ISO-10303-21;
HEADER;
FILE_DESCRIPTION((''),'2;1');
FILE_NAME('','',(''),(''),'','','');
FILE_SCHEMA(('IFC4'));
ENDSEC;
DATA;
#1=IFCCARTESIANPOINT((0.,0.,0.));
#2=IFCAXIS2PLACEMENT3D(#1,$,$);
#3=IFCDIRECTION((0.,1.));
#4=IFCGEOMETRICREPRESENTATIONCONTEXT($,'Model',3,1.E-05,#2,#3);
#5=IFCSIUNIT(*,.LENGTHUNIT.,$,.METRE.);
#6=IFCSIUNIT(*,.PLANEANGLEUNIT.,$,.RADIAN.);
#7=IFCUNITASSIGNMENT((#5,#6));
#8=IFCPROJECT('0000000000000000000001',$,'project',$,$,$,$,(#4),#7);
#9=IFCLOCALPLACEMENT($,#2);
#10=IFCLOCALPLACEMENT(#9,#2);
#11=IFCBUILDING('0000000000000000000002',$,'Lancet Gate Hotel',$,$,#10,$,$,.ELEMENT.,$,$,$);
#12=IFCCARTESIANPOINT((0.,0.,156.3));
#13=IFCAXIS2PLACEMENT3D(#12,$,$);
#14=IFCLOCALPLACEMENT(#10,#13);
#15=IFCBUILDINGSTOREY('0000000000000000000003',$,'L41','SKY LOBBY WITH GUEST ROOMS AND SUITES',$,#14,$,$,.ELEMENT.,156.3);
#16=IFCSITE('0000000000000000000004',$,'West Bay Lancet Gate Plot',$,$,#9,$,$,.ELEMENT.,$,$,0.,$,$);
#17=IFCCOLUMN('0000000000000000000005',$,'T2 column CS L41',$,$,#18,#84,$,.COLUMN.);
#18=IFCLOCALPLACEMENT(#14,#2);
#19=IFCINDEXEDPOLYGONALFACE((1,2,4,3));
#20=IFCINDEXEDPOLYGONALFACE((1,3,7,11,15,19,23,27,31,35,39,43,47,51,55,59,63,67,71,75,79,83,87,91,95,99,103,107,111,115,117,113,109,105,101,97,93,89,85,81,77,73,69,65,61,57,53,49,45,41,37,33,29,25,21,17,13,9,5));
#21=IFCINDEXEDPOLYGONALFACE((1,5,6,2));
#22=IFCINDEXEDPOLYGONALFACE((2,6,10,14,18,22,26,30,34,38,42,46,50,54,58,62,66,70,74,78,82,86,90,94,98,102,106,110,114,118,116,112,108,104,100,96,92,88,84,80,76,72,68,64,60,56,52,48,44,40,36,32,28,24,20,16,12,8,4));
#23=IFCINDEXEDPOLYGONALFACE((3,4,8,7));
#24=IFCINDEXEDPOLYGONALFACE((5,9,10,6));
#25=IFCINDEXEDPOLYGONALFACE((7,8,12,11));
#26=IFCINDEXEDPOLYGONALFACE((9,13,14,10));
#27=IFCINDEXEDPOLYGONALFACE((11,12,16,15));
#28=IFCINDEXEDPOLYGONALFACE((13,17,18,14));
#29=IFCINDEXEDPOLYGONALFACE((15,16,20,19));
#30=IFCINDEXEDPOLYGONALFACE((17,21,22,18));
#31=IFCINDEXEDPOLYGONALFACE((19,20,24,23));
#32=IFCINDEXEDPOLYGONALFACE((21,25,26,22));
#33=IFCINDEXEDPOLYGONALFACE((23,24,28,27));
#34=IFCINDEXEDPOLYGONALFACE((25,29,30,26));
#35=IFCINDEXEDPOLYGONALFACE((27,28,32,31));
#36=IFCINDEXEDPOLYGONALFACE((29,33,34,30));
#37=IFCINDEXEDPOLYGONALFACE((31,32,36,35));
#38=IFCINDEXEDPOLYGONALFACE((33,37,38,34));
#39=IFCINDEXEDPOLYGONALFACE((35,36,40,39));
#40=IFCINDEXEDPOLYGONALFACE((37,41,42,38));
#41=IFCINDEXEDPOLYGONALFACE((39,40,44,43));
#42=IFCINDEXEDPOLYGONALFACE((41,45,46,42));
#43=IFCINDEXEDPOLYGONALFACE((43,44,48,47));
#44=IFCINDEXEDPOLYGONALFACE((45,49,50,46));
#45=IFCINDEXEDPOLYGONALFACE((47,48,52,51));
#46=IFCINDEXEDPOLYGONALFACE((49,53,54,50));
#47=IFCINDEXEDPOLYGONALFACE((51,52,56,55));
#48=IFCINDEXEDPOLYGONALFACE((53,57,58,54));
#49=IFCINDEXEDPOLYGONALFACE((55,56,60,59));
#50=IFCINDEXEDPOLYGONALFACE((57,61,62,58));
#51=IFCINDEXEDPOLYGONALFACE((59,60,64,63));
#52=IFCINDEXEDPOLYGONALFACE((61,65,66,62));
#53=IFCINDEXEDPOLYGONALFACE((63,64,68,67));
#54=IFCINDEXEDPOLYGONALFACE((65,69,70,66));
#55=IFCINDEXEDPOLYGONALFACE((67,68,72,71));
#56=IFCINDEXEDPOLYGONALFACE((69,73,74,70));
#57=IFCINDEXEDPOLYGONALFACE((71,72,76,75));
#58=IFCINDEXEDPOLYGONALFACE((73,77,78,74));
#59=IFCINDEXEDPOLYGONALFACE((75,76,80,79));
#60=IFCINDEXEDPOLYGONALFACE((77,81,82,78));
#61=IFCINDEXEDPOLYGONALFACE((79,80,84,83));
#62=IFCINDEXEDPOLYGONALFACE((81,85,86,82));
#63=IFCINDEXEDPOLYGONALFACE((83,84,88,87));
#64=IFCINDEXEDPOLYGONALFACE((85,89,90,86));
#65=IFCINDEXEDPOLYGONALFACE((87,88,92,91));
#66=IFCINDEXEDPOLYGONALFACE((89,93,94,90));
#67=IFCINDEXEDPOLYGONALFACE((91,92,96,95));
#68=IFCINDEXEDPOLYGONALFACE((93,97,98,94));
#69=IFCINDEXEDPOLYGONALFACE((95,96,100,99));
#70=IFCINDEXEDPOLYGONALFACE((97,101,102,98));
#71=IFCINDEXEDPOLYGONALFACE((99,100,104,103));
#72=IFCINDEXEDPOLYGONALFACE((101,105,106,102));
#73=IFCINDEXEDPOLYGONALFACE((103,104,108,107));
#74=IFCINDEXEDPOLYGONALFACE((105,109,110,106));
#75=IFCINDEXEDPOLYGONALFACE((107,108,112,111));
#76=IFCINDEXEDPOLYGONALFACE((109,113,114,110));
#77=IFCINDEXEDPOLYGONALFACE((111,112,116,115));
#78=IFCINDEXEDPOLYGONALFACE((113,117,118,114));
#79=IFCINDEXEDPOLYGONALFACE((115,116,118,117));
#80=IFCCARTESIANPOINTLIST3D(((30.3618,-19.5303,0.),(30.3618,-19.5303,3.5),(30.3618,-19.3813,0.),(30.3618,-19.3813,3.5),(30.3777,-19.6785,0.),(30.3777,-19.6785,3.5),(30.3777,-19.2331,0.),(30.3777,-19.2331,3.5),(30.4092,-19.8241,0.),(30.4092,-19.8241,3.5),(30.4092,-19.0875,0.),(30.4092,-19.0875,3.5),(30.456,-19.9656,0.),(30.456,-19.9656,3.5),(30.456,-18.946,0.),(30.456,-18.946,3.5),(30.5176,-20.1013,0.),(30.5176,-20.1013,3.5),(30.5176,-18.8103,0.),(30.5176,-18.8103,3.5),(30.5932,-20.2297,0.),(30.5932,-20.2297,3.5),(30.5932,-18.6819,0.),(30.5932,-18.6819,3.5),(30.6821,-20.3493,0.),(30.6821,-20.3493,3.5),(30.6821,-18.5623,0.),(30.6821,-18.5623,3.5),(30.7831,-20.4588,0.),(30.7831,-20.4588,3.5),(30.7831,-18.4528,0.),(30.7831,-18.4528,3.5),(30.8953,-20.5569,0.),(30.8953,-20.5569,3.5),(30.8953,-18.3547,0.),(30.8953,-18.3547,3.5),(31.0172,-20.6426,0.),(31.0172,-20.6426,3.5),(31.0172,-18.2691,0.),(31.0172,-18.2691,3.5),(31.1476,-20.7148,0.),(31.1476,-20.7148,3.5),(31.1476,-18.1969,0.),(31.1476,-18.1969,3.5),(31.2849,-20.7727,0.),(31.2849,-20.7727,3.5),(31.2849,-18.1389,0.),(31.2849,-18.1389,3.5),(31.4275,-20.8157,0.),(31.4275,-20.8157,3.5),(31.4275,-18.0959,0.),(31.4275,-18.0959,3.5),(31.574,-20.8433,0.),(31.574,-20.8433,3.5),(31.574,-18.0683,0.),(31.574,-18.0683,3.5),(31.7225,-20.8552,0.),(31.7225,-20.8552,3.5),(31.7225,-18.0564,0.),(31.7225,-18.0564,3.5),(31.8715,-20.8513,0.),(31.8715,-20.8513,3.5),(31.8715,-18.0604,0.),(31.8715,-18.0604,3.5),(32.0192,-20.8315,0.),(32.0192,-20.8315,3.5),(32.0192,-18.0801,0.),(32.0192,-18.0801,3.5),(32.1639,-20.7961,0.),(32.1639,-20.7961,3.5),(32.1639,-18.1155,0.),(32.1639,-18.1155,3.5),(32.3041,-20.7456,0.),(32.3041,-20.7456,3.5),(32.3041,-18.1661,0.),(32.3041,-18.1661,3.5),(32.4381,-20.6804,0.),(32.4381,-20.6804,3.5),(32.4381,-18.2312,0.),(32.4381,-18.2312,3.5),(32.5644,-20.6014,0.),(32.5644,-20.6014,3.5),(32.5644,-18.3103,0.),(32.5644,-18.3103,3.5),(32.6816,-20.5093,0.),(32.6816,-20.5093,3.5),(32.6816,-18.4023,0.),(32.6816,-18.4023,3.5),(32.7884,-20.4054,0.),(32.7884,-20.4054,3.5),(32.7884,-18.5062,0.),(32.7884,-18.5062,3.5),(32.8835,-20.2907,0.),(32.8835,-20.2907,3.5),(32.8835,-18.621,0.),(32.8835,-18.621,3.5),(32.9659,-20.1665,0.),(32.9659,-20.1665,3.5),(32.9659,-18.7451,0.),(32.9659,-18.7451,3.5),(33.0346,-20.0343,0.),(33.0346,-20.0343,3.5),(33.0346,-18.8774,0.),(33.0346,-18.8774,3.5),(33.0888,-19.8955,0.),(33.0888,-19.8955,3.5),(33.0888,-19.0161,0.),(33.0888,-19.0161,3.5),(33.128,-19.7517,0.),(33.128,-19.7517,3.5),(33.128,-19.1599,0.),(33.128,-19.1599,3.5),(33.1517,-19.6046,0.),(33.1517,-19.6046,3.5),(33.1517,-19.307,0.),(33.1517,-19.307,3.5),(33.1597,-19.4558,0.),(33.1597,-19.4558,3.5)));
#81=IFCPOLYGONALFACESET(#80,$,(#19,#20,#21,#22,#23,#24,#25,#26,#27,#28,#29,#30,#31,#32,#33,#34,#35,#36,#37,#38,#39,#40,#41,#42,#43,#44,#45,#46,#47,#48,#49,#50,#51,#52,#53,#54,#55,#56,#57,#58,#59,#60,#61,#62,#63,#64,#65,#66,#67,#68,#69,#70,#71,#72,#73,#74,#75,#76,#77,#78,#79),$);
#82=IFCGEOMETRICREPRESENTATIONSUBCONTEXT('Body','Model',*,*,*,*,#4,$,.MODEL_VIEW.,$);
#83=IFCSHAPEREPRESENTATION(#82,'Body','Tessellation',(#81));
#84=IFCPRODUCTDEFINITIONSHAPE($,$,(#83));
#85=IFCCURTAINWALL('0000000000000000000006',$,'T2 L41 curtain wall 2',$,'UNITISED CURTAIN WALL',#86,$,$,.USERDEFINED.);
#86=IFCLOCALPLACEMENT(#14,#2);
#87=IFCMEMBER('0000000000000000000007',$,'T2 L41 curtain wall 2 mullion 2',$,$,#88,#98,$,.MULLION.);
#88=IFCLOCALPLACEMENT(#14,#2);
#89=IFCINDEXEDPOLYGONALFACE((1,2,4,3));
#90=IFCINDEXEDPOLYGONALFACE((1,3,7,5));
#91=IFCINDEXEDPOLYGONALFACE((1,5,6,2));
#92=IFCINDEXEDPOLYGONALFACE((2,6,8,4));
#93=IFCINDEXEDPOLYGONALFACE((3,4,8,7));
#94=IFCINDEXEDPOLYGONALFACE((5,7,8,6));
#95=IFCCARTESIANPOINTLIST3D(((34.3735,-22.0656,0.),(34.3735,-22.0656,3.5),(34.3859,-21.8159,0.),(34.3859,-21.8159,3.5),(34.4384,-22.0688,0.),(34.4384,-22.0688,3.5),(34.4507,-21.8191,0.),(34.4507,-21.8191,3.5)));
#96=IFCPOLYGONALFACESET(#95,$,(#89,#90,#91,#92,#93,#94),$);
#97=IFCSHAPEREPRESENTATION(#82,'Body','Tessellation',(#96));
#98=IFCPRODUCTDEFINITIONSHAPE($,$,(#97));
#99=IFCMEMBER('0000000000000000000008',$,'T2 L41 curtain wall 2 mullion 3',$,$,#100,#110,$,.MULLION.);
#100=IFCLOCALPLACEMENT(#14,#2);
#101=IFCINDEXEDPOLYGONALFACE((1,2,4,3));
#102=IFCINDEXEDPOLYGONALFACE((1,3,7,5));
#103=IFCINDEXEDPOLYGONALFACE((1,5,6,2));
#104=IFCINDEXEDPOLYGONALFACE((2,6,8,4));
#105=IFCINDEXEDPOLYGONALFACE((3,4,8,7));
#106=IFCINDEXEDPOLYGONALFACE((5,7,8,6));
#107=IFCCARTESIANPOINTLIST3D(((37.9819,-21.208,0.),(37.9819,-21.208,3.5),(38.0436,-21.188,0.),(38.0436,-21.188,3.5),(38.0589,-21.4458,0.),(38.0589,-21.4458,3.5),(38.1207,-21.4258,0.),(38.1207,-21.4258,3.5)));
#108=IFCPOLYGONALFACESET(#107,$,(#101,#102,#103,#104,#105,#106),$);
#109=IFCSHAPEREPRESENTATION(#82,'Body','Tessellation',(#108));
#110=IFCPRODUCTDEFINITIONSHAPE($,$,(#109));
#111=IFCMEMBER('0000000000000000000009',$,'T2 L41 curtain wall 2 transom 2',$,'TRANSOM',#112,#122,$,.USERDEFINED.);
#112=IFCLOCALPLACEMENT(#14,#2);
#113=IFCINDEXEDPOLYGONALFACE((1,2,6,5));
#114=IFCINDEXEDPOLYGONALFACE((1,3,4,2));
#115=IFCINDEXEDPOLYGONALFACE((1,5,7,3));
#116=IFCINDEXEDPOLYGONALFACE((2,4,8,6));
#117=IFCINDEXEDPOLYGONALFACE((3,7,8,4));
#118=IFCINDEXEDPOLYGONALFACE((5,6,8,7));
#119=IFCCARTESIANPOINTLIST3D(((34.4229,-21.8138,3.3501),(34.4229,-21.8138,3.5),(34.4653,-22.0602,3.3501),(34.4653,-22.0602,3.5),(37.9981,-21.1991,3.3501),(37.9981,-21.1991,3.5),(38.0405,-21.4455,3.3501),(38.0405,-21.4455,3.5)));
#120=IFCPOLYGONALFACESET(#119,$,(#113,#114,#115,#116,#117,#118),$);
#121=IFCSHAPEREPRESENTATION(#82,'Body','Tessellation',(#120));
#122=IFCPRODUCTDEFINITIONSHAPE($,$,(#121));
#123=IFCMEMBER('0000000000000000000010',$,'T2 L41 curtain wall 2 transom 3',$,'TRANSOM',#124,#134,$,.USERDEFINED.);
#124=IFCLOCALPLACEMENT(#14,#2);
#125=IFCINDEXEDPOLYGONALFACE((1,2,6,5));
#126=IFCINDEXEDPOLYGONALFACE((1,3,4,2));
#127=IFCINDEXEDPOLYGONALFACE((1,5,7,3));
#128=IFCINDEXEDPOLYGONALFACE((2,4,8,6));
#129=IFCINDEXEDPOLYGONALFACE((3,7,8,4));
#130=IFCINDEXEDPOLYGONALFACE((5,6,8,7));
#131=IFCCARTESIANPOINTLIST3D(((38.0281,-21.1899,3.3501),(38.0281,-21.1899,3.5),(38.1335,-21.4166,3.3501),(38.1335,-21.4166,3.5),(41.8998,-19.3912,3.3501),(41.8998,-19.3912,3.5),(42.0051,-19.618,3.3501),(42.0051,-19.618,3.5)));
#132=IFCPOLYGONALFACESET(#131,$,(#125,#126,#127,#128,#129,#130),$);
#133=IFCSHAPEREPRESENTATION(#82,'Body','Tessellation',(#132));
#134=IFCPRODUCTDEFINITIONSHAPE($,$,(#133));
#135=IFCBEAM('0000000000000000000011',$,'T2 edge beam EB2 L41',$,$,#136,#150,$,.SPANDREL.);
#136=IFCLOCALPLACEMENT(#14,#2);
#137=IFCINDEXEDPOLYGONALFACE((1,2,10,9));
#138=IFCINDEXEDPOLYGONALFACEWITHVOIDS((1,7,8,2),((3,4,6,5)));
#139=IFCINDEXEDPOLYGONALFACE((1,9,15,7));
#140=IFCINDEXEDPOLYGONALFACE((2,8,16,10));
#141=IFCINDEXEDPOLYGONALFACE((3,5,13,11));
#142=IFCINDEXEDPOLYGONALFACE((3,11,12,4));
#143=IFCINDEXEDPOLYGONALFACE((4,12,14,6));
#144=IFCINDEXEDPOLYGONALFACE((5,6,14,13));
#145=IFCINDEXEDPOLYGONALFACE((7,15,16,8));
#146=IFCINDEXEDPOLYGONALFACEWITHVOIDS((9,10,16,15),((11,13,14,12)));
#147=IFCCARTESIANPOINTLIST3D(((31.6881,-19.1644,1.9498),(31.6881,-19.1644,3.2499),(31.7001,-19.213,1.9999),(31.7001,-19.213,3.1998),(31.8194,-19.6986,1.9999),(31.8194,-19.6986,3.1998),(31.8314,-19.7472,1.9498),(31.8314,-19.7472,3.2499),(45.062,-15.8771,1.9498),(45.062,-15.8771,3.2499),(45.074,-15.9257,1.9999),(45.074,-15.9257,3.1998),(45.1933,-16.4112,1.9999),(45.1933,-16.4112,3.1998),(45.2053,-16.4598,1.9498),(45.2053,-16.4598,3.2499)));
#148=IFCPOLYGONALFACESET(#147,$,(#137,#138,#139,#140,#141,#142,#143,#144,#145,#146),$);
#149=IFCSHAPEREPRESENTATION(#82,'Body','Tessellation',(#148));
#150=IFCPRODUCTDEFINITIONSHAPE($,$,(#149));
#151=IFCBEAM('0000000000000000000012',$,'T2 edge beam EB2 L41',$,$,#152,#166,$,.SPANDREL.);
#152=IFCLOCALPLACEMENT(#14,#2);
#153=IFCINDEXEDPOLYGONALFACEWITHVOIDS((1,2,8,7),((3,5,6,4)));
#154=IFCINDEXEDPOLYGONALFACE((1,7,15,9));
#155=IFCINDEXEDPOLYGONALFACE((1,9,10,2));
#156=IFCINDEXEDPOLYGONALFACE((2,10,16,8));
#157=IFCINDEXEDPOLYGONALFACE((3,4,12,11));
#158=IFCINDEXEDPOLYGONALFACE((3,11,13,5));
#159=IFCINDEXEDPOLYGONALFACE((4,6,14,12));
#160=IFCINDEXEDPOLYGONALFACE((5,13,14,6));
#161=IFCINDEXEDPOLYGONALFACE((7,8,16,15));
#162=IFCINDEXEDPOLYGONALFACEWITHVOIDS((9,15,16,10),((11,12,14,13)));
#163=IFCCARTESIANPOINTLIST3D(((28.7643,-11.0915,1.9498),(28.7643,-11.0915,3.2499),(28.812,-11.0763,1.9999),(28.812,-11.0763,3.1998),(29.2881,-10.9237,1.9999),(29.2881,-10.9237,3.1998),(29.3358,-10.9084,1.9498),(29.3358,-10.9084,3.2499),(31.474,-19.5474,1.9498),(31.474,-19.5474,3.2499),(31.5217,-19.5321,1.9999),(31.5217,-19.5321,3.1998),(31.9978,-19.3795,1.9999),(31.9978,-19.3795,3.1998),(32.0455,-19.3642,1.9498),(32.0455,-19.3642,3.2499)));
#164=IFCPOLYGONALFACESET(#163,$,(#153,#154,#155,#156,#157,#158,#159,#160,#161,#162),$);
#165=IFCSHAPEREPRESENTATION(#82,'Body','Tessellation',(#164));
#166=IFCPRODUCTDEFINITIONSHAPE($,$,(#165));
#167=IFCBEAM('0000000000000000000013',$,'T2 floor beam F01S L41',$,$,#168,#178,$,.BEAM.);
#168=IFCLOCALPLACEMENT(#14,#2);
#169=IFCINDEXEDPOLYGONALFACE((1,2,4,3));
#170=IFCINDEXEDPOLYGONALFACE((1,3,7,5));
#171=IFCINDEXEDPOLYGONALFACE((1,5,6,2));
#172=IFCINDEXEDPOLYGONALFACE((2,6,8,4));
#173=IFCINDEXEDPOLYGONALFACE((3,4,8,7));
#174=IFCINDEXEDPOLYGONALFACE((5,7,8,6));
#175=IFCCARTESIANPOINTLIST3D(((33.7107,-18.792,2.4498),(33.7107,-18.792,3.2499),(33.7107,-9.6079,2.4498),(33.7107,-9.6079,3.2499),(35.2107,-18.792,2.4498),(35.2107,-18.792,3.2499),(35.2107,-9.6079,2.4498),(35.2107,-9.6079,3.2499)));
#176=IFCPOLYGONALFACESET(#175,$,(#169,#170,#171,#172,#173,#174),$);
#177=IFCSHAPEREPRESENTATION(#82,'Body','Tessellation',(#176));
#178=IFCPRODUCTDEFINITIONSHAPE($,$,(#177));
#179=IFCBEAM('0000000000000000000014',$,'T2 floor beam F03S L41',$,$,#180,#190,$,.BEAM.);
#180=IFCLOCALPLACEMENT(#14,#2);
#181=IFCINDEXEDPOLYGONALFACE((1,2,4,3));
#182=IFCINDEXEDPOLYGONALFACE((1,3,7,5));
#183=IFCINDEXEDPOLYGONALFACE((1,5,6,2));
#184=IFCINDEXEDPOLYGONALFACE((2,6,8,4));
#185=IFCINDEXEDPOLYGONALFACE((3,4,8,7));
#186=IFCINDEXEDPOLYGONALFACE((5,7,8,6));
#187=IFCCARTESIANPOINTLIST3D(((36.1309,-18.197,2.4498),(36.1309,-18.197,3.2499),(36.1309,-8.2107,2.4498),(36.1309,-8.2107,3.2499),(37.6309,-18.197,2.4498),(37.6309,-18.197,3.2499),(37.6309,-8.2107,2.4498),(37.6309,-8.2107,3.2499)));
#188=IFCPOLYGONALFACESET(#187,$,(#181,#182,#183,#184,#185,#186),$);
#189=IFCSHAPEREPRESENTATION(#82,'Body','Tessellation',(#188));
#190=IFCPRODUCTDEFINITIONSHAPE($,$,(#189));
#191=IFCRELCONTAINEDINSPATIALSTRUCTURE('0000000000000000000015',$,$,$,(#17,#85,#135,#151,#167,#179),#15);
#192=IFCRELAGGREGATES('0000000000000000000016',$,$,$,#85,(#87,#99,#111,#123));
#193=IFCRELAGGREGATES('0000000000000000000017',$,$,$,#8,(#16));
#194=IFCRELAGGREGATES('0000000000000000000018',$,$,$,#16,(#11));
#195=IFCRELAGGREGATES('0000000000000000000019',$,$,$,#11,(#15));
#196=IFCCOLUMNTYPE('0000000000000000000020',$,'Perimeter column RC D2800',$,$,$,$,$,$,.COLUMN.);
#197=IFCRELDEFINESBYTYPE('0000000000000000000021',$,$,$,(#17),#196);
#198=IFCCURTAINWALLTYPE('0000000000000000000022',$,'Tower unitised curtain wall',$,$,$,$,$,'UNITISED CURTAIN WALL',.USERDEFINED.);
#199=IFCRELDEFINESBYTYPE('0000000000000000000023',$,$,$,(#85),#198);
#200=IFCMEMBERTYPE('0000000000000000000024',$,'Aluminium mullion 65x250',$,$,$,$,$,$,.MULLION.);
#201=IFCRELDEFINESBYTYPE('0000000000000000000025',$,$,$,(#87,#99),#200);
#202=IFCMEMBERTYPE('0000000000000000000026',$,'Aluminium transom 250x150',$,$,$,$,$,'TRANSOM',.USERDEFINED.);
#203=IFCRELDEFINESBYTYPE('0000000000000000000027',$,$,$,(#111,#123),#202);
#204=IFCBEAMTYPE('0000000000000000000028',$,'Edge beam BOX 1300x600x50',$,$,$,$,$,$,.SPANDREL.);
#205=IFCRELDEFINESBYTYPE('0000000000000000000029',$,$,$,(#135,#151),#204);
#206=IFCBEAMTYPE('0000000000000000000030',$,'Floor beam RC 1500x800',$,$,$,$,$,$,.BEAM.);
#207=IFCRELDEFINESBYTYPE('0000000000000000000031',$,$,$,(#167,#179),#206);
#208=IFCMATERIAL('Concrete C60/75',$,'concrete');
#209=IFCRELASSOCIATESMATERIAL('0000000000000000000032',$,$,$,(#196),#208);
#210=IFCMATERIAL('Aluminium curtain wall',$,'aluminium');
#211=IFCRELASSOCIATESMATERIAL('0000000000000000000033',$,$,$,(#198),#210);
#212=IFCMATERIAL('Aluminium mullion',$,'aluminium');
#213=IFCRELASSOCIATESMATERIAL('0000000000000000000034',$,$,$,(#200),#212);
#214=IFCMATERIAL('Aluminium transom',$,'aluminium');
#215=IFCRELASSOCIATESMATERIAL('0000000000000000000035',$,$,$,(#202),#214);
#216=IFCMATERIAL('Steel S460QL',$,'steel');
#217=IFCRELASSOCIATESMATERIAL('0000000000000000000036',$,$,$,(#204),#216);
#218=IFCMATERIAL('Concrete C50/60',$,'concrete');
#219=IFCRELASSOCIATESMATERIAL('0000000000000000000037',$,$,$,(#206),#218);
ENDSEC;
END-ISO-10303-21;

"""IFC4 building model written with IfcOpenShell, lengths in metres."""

from ifc_helpers import new_model, si_unit, direction, frame, origin, origin_2d, place, context, subcontext, project, spatial, rectangle, hollow_rectangle, circle, extrude, material, material_profile, profile_set, type_object, element, aggregate, save


model = new_model("IFC4")

# Units and contexts
model_context = context("Model", 3, precision=1e-05, world=origin(), true_north=direction((0.0, 1.0)))
body_context = subcontext(model_context, "Body", "Model", "MODEL_VIEW")
ifc_project = project(units=[si_unit("LENGTHUNIT", "METRE"), si_unit("PLANEANGLEUNIT", "RADIAN")], contexts=[model_context])

# Site, building, storey
site_placement = place(None, origin())
site = spatial("IfcSite", under=ifc_project, at=site_placement, Name="West Bay Lancet Gate Plot", CompositionType="ELEMENT", RefElevation=0.0)
building_placement = place(site_placement, origin())
building = spatial("IfcBuilding", under=site, at=building_placement, Name="Lancet Gate Hotel", CompositionType="ELEMENT")
storey_placement = place(building_placement, frame((0.0, 0.0, 156.3)))
storey = spatial("IfcBuildingStorey", under=building, at=storey_placement, Name="L41", Description="SKY LOBBY WITH GUEST ROOMS AND SUITES", CompositionType="ELEMENT", Elevation=156.3)

# Column
ifc_material_1 = material(Name="Concrete C60/75", Category="concrete")
ifc_material_profile_1 = material_profile(ifc_material_1, circle(Radius=1.3999, at=origin_2d()), Name="RC D2800")
ifc_profile_set_1 = profile_set([ifc_material_profile_1], Name="Concrete C60/75")
column_type = type_object("IfcColumnType", Name="Perimeter column RC D2800", PredefinedType="COLUMN", material=ifc_profile_set_1)
column_placement = place(storey_placement, frame((31.7598, -19.4558, 0.0), z_axis=(0.0, 0.0, 1.0), x_axis=(1.0, 0.0, 0.0)))
element("IfcColumn", 1, at=column_placement, inside=storey, type_object=column_type, Name="T2 column CS L41", PredefinedType="COLUMN", context=body_context, shape_type="SweptSolid", body=[
    extrude(circle(Radius=1.3999, at=origin_2d()), origin(), (0.0, 0.0, 1.0), 3.5),
])

# Curtain wall, members
ifc_material_2 = material(Name="Aluminium curtain wall", Category="aluminium")
curtain_wall_type = type_object("IfcCurtainWallType", Name="Tower unitised curtain wall", ElementType="UNITISED CURTAIN WALL", PredefinedType="USERDEFINED", material=ifc_material_2)
curtain_wall_placement = place(storey_placement, origin())
curtain_wall = element("IfcCurtainWall", 2, at=curtain_wall_placement, inside=storey, type_object=curtain_wall_type, Name="T2 L41 curtain wall 2", ObjectType="UNITISED CURTAIN WALL", PredefinedType="USERDEFINED")
ifc_material_3 = material(Name="Aluminium mullion", Category="aluminium")
ifc_material_profile_2 = material_profile(ifc_material_3, rectangle(XDim=0.0649, YDim=0.25, at=origin_2d()), Name="MULLION 65x250")
ifc_profile_set_2 = profile_set([ifc_material_profile_2], Name="Aluminium mullion")
member_type_1 = type_object("IfcMemberType", Name="Aluminium mullion 65x250", PredefinedType="MULLION", material=ifc_profile_set_2)
member_1_placement = place(storey_placement, frame((34.4121, -21.9424, 0.0), z_axis=(0.0, 0.0, 1.0), x_axis=(0.998776, -0.049471, 0.0)))
member_1 = element("IfcMember", 3, at=member_1_placement, type_object=member_type_1, Name="T2 L41 curtain wall 2 mullion 2", PredefinedType="MULLION", context=body_context, shape_type="SweptSolid", body=[
    extrude(rectangle(XDim=0.0649, YDim=0.25, at=origin_2d()), origin(), (0.0, 0.0, 1.0), 3.5),
])
member_2_placement = place(storey_placement, frame((38.0513, -21.3169, 0.0), z_axis=(0.0, 0.0, 1.0), x_axis=(0.951355, 0.308095, 0.0)))
member_2 = element("IfcMember", 4, at=member_2_placement, type_object=member_type_1, Name="T2 L41 curtain wall 2 mullion 3", PredefinedType="MULLION", context=body_context, shape_type="SweptSolid", body=[
    extrude(rectangle(XDim=0.0649, YDim=0.25, at=origin_2d()), origin(), (0.0, 0.0, 1.0), 3.5),
])
ifc_material_4 = material(Name="Aluminium transom", Category="aluminium")
ifc_material_profile_3 = material_profile(ifc_material_4, rectangle(XDim=0.25, YDim=0.1499, at=origin_2d()), Name="TRANSOM 250x150")
ifc_profile_set_3 = profile_set([ifc_material_profile_3], Name="Aluminium transom")
member_type_2 = type_object("IfcMemberType", Name="Aluminium transom 250x150", ElementType="TRANSOM", PredefinedType="USERDEFINED", material=ifc_profile_set_3)
member_3_placement = place(storey_placement, frame((34.4441, -21.937, 3.425), z_axis=(0.985537, 0.169461, 0.0), x_axis=(-0.169461, 0.985537, 0.0)))
member_3 = element("IfcMember", 5, at=member_3_placement, type_object=member_type_2, Name="T2 L41 curtain wall 2 transom 2", ObjectType="TRANSOM", PredefinedType="USERDEFINED", context=body_context, shape_type="SweptSolid", body=[
    extrude(rectangle(XDim=0.25, YDim=0.1499, at=origin_2d()), origin(), (0.0, 0.0, 1.0), 3.6277),
])
member_4_placement = place(storey_placement, frame((38.0808, -21.3032, 3.425), z_axis=(0.906914, 0.421316, 0.0), x_axis=(-0.421316, 0.906914, 0.0)))
member_4 = element("IfcMember", 6, at=member_4_placement, type_object=member_type_2, Name="T2 L41 curtain wall 2 transom 3", ObjectType="TRANSOM", PredefinedType="USERDEFINED", context=body_context, shape_type="SweptSolid", body=[
    extrude(rectangle(XDim=0.25, YDim=0.1499, at=origin_2d()), origin(), (0.0, 0.0, 1.0), 4.269),
])

# Beams
ifc_material_5 = material(Name="Steel S460QL", Category="steel")
ifc_material_profile_4 = material_profile(ifc_material_5, hollow_rectangle(XDim=0.6001, YDim=1.3, WallThickness=0.05, at=origin_2d()), Name="BOX 1300x600x50")
ifc_profile_set_4 = profile_set([ifc_material_profile_4], Name="Steel S460QL")
beam_type_1 = type_object("IfcBeamType", Name="Edge beam BOX 1300x600x50", PredefinedType="SPANDREL", material=ifc_profile_set_4)
beam_1_placement = place(storey_placement, frame((31.7598, -19.4558, 2.5999), z_axis=(0.971093, 0.2387, 0.0), x_axis=(-0.2387, 0.971093, 0.0)))
element("IfcBeam", 7, at=beam_1_placement, inside=storey, type_object=beam_type_1, Name="T2 edge beam EB2 L41", PredefinedType="SPANDREL", context=body_context, shape_type="SweptSolid", body=[
    extrude(hollow_rectangle(XDim=0.6001, YDim=1.3, WallThickness=0.05, at=origin_2d()), origin(), (0.0, 0.0, 1.0), 13.772),
])
beam_2_placement = place(storey_placement, frame((31.7598, -19.4558, 2.5999), z_axis=(-0.30517, 0.952298, 0.0), x_axis=(-0.952298, -0.30517, 0.0)))
element("IfcBeam", 8, at=beam_2_placement, inside=storey, type_object=beam_type_1, Name="T2 edge beam EB2 L41", PredefinedType="SPANDREL", context=body_context, shape_type="SweptSolid", body=[
    extrude(hollow_rectangle(XDim=0.6001, YDim=1.3, WallThickness=0.05, at=origin_2d()), origin(), (0.0, 0.0, 1.0), 8.8794),
])
ifc_material_6 = material(Name="Concrete C50/60", Category="concrete")
ifc_material_profile_5 = material_profile(ifc_material_6, rectangle(XDim=1.5, YDim=0.8, at=origin_2d()), Name="RC 1500x800")
ifc_profile_set_5 = profile_set([ifc_material_profile_5], Name="Concrete C50/60")
beam_type_2 = type_object("IfcBeamType", Name="Floor beam RC 1500x800", PredefinedType="BEAM", material=ifc_profile_set_5)
beam_3_placement = place(storey_placement, frame((34.4607, -18.792, 2.8499), z_axis=(0.0, 1.0, 0.0), x_axis=(-1.0, 0.0, 0.0)))
element("IfcBeam", 9, at=beam_3_placement, inside=storey, type_object=beam_type_2, Name="T2 floor beam F01S L41", PredefinedType="BEAM", context=body_context, shape_type="SweptSolid", body=[
    extrude(rectangle(XDim=1.5, YDim=0.8, at=origin_2d()), origin(), (0.0, 0.0, 1.0), 9.1841),
])
beam_4_placement = place(storey_placement, frame((36.8809, -18.197, 2.8499), z_axis=(0.0, 1.0, 0.0), x_axis=(-1.0, 0.0, 0.0)))
element("IfcBeam", 10, at=beam_4_placement, inside=storey, type_object=beam_type_2, Name="T2 floor beam F03S L41", PredefinedType="BEAM", context=body_context, shape_type="SweptSolid", body=[
    extrude(rectangle(XDim=1.5, YDim=0.8, at=origin_2d()), origin(), (0.0, 0.0, 1.0), 9.9863),
])

aggregate(curtain_wall, [member_1, member_2, member_3, member_4])

save(model, "model.ifc")
